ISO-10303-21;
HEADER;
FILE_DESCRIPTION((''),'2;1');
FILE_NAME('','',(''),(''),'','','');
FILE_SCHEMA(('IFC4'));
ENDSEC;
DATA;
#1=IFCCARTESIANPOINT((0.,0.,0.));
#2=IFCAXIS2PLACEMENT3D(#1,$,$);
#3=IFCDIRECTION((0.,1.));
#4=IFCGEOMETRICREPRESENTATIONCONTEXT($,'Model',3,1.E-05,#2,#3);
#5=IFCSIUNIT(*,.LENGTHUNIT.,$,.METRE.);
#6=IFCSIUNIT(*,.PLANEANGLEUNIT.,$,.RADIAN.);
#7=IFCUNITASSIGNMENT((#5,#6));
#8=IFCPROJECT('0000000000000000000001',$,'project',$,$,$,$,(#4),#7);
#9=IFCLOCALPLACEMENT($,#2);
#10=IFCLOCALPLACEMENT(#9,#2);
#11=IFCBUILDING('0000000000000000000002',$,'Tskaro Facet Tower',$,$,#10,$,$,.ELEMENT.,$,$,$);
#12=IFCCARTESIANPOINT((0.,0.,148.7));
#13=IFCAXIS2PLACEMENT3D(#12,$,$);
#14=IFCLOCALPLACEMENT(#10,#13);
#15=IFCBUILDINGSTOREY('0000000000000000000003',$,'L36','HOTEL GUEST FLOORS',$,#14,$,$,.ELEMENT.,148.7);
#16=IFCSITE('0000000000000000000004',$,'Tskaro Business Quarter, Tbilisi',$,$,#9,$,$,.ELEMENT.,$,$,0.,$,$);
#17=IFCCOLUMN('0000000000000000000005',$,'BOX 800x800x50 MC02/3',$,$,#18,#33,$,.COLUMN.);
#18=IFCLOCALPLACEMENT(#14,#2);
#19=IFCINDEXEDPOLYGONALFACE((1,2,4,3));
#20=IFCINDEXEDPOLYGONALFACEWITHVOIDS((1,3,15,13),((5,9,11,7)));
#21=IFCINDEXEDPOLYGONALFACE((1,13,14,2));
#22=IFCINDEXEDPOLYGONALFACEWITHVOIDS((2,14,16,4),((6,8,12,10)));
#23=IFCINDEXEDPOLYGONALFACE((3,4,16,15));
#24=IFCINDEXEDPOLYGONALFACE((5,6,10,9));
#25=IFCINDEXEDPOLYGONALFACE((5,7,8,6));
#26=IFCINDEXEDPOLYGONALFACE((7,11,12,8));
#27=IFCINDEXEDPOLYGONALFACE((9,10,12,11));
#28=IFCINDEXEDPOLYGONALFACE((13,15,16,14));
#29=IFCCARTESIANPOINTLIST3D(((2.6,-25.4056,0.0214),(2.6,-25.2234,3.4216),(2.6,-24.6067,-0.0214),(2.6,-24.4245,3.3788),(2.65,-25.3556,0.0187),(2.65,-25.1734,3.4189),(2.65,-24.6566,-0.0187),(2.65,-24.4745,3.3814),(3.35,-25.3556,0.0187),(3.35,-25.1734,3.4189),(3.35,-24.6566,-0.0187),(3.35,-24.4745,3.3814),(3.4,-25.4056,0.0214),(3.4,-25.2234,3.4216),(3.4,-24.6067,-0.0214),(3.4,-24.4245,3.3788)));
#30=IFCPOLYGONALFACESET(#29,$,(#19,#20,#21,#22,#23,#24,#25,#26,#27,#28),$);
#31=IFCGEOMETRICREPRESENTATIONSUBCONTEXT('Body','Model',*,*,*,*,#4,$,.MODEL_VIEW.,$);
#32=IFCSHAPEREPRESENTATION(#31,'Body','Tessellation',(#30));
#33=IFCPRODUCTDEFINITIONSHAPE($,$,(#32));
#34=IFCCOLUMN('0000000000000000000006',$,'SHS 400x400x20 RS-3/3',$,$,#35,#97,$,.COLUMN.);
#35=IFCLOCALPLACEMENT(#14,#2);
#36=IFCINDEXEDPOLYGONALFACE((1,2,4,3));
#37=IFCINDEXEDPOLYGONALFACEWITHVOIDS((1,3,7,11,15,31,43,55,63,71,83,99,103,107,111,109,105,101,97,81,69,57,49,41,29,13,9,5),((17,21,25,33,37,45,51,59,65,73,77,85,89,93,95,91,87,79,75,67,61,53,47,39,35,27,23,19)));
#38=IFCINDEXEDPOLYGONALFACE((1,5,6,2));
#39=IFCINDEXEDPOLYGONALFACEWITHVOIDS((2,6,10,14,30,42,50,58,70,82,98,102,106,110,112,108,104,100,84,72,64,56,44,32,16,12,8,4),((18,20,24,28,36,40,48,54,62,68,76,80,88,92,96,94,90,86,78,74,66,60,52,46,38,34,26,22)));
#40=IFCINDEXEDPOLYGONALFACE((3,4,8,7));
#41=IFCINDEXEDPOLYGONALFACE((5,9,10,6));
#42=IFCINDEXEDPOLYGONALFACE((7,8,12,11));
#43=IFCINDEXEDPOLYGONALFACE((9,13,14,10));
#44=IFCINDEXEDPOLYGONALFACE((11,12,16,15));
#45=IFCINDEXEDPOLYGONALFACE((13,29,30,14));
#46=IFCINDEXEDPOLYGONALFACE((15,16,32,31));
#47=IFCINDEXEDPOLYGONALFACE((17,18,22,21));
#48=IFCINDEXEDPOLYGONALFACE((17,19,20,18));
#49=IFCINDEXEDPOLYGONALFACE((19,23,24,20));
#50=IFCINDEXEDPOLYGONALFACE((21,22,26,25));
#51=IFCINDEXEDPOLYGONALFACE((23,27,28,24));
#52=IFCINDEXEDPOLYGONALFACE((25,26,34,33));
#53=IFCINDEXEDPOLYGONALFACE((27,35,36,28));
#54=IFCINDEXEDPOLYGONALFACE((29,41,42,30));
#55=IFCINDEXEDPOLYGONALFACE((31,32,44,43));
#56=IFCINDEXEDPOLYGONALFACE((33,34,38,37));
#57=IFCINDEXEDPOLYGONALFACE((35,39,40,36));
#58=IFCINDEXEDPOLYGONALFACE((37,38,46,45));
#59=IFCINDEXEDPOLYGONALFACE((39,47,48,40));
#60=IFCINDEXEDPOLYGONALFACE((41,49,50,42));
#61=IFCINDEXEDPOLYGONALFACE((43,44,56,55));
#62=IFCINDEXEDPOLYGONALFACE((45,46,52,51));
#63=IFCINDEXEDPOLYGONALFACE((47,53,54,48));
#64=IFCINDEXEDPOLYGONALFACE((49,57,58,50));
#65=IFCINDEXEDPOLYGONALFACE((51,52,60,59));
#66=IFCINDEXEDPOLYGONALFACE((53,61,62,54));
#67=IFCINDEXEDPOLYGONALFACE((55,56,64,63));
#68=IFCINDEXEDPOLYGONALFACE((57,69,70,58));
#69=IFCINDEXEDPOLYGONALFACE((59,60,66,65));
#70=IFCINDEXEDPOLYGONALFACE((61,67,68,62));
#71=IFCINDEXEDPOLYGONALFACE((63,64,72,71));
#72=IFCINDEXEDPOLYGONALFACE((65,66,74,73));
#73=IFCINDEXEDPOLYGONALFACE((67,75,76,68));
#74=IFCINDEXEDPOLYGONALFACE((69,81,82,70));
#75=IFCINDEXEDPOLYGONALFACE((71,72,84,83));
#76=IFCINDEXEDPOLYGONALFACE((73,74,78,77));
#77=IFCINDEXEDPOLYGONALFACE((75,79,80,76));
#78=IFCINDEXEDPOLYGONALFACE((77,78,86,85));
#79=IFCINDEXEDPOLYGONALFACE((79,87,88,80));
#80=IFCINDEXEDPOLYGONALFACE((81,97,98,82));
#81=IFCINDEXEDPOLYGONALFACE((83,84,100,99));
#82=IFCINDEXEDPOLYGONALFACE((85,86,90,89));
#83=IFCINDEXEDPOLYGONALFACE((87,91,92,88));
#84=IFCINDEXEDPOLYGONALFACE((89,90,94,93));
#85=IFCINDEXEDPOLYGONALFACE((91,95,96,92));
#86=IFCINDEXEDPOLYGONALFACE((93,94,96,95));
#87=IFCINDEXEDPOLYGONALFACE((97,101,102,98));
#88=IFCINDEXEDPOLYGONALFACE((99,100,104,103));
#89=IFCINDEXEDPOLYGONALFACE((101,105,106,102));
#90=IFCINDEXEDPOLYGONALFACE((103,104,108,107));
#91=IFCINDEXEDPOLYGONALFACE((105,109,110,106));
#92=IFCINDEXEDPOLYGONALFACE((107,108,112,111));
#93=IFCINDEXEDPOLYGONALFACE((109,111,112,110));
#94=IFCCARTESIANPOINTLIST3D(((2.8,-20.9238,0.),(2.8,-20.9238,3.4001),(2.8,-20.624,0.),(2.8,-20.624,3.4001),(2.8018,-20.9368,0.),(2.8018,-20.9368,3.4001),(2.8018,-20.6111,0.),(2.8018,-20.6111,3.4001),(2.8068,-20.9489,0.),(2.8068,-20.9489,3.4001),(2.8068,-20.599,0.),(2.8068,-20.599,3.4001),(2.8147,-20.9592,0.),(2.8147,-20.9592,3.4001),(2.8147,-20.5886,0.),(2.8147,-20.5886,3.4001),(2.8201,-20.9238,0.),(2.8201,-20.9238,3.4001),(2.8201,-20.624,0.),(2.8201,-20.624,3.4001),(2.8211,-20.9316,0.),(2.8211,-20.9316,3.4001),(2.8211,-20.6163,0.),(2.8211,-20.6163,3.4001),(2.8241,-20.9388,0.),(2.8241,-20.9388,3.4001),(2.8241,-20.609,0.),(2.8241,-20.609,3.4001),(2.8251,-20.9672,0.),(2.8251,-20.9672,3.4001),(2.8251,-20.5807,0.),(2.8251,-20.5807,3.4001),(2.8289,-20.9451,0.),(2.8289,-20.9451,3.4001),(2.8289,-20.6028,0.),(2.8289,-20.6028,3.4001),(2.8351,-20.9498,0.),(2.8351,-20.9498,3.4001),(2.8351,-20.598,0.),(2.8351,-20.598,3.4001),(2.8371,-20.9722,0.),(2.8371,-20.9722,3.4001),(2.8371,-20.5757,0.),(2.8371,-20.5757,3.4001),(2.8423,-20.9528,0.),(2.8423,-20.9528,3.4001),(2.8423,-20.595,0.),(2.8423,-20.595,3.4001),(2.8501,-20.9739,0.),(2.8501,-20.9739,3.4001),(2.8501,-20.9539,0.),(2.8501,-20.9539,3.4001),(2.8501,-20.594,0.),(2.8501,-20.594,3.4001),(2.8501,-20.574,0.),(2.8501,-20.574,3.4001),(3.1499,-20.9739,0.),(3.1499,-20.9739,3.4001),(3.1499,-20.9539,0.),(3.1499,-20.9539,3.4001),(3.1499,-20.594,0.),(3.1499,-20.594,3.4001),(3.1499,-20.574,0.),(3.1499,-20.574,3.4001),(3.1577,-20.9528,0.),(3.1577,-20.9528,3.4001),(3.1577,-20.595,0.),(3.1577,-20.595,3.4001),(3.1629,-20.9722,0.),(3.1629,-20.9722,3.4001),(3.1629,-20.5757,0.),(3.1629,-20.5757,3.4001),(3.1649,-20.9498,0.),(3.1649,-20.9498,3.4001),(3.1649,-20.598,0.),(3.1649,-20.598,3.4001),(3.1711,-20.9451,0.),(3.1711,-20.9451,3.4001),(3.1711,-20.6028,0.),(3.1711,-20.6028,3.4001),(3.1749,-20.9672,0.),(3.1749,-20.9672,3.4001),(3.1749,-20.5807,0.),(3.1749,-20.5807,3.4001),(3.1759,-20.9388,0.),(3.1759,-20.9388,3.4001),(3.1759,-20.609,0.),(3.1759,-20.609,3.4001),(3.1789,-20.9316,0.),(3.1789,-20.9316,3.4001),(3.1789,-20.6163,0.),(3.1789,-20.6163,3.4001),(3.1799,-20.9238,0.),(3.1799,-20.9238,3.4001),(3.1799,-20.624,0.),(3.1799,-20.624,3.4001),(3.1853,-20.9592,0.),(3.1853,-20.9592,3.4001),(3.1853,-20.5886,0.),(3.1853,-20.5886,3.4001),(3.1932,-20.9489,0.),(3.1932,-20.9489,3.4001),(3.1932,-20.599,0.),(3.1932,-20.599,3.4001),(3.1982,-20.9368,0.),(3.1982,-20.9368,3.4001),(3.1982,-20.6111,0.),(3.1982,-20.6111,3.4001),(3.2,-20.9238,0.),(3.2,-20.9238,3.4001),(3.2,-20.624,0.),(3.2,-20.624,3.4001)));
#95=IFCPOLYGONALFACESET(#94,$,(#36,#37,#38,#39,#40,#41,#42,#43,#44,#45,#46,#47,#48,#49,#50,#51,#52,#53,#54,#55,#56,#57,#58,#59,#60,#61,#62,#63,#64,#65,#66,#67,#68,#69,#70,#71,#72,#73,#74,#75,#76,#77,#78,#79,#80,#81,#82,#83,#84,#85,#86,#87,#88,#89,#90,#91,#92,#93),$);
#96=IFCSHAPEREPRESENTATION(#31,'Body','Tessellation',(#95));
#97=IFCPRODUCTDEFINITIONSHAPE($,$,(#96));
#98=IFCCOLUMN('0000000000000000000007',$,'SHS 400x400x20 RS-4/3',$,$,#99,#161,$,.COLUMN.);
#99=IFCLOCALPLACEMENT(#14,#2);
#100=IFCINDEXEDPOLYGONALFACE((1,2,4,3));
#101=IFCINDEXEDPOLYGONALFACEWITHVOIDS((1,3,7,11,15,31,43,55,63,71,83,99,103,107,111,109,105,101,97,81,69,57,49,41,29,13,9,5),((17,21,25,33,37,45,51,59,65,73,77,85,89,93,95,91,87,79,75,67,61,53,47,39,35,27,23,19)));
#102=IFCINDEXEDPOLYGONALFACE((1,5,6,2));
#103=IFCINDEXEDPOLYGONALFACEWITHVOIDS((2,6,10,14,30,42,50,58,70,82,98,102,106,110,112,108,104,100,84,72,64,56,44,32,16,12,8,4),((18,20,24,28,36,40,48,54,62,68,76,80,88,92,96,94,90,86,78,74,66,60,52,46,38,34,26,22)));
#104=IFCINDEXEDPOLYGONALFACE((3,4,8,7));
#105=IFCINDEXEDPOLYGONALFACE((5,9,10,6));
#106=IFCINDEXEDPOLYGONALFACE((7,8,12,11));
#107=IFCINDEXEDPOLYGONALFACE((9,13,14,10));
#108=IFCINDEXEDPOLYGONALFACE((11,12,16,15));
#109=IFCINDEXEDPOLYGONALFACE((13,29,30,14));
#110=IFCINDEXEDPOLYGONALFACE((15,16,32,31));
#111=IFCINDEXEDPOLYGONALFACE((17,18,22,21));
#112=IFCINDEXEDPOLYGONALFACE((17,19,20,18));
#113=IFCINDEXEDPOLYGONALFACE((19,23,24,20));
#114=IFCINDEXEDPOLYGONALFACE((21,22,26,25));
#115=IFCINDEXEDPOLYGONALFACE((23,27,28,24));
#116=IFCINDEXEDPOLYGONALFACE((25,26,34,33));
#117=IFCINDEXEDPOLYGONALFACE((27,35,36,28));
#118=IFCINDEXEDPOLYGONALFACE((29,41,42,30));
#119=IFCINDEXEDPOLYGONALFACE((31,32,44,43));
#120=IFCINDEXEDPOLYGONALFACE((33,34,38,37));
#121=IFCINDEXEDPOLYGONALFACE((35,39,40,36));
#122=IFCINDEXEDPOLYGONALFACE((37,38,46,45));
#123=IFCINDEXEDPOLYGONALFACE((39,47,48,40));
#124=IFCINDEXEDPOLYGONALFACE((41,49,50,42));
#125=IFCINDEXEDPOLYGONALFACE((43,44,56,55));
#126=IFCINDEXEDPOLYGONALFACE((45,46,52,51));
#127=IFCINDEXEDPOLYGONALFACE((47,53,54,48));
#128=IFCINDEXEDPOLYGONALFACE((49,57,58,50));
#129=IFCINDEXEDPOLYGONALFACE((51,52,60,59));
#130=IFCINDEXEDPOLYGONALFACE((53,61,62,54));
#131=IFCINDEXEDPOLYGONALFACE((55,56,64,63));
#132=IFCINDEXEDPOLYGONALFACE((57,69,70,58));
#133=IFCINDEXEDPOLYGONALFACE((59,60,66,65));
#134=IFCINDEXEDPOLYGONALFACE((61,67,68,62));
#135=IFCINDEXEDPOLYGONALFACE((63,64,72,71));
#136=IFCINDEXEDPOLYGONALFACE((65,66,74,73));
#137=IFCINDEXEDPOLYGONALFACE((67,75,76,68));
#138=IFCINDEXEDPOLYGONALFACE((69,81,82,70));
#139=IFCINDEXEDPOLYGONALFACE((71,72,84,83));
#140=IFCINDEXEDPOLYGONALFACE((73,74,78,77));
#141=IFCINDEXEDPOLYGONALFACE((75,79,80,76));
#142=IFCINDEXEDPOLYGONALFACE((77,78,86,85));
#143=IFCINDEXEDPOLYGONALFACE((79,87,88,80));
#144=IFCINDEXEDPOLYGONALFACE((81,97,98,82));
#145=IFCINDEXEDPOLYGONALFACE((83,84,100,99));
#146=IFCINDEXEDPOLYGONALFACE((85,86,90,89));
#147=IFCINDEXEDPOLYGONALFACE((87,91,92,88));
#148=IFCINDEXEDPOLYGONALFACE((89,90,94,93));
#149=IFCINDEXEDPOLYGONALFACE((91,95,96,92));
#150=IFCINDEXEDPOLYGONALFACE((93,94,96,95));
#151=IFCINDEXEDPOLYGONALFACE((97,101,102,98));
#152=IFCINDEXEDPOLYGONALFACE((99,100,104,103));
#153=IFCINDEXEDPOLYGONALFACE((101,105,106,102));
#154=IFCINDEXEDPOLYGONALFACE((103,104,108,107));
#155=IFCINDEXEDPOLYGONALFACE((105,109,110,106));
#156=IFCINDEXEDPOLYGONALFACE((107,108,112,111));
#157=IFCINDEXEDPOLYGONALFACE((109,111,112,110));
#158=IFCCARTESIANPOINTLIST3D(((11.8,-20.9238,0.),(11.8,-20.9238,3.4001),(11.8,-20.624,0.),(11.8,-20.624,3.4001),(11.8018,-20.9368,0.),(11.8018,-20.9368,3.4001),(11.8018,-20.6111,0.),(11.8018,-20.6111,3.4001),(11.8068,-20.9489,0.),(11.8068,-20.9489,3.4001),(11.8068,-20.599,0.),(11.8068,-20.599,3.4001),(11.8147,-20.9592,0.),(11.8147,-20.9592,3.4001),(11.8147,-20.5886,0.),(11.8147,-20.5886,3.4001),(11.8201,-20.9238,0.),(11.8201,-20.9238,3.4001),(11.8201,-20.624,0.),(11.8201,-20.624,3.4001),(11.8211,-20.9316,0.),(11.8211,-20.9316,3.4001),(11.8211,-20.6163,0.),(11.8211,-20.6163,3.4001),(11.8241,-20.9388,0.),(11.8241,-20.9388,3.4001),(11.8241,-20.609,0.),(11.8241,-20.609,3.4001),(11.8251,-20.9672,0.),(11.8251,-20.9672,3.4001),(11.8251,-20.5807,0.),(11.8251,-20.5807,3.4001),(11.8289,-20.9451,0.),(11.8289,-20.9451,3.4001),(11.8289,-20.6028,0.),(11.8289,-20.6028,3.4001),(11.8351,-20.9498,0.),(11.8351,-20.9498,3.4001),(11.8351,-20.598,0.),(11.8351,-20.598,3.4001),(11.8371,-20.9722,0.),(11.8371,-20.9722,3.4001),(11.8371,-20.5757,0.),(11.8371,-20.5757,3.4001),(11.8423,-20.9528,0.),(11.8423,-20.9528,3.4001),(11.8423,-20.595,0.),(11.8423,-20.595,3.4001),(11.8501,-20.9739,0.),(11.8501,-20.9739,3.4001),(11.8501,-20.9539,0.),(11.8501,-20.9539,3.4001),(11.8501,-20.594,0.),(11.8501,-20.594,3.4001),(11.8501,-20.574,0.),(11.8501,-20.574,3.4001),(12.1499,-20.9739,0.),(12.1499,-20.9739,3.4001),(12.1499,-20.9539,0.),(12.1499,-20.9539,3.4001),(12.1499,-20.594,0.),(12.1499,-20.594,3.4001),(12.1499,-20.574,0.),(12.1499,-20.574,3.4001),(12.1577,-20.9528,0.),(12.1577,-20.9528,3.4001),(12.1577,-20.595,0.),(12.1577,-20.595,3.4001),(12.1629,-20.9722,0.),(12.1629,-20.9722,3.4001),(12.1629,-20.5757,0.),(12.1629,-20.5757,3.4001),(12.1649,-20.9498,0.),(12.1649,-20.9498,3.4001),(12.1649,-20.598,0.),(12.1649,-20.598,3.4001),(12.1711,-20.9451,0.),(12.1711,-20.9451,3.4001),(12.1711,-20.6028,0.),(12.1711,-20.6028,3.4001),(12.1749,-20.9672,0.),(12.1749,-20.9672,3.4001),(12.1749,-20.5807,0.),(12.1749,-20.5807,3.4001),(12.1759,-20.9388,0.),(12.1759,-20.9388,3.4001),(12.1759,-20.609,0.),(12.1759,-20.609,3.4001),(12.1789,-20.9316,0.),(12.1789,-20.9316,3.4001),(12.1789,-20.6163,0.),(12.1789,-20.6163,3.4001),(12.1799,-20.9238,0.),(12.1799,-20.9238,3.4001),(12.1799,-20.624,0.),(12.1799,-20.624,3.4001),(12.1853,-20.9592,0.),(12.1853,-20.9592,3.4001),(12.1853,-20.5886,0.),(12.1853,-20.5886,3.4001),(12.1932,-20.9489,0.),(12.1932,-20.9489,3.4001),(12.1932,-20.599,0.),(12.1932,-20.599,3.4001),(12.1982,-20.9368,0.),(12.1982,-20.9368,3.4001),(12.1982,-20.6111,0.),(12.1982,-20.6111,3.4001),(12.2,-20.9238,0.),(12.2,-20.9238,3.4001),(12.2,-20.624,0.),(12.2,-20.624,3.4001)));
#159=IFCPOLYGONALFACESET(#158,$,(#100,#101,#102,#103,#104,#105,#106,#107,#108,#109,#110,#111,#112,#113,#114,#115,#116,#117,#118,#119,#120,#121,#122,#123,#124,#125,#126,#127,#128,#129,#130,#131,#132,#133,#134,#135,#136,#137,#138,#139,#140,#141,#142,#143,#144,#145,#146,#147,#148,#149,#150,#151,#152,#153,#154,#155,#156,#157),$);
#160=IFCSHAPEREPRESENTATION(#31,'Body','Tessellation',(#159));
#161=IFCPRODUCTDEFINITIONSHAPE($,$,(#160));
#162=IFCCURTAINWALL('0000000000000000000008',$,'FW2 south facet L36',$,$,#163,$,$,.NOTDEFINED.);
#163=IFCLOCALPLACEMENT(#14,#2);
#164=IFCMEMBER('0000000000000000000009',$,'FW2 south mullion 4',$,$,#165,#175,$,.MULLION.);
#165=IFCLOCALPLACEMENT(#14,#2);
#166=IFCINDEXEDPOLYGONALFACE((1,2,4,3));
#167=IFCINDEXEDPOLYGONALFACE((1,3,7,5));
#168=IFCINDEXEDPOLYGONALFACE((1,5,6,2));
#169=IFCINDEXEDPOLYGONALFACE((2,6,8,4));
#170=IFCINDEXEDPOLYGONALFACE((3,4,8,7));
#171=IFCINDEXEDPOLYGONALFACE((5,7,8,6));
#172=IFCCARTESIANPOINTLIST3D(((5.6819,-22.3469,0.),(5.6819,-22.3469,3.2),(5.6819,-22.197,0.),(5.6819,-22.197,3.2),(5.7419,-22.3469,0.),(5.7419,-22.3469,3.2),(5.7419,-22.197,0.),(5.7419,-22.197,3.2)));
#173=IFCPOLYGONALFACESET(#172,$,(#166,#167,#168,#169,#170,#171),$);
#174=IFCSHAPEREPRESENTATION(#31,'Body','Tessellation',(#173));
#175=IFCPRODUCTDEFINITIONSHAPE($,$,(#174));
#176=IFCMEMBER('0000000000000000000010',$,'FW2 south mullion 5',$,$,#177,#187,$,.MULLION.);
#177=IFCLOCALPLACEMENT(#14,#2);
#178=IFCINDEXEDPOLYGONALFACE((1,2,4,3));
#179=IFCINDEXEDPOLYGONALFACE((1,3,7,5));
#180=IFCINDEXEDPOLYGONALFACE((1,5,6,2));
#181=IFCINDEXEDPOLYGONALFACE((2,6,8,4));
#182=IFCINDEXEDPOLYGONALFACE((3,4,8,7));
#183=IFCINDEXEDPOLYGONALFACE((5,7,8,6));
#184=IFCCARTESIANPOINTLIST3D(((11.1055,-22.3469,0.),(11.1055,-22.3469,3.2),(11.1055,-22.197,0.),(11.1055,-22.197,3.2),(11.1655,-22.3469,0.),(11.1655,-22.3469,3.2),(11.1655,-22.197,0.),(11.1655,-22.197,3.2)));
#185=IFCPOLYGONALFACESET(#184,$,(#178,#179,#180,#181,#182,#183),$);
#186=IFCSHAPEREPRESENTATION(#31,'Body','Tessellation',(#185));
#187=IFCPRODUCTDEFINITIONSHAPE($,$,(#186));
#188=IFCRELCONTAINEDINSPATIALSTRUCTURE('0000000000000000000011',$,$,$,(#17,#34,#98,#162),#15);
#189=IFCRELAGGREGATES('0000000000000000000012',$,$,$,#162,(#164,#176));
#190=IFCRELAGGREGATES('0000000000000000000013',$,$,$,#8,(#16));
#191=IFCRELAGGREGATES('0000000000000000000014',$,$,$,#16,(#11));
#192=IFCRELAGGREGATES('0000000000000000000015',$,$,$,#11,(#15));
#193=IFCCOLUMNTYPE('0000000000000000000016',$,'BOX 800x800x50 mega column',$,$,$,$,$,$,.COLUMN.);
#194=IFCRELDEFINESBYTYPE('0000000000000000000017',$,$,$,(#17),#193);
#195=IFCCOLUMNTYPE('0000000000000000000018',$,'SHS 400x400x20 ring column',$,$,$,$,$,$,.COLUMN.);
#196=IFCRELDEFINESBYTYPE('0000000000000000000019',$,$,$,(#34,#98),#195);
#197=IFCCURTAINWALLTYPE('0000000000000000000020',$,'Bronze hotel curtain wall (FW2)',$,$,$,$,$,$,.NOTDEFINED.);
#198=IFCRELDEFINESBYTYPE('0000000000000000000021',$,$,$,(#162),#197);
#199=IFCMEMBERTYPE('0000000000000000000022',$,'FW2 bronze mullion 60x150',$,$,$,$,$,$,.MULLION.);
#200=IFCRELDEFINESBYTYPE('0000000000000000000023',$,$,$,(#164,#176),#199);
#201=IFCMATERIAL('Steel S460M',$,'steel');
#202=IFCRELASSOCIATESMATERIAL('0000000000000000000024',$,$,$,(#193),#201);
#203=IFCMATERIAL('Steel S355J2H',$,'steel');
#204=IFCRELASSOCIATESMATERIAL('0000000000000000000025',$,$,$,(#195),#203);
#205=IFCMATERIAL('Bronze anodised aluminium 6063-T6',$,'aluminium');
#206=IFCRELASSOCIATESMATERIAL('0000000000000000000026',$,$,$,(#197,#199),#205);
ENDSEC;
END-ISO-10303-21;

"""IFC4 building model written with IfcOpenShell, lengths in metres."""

from ifc_helpers import new_model, si_unit, direction, frame, origin, origin_2d, place, context, subcontext, project, spatial, rectangle, hollow_rectangle, extrude, material, material_profile, profile_set, type_object, element, aggregate, save


model = new_model("IFC4")

# Units and contexts
model_context = context("Model", 3, precision=1e-05, world=origin(), true_north=direction((0.0, 1.0)))
body_context = subcontext(model_context, "Body", "Model", "MODEL_VIEW")
ifc_project = project(units=[si_unit("LENGTHUNIT", "METRE"), si_unit("PLANEANGLEUNIT", "RADIAN")], contexts=[model_context])

# Site, building, storey
site_placement = place(None, origin())
site = spatial("IfcSite", under=ifc_project, at=site_placement, Name="Tskaro Business Quarter, Tbilisi", CompositionType="ELEMENT", RefElevation=0.0)
building_placement = place(site_placement, origin())
building = spatial("IfcBuilding", under=site, at=building_placement, Name="Tskaro Facet Tower", CompositionType="ELEMENT")
storey_placement = place(building_placement, frame((0.0, 0.0, 148.7)))
storey = spatial("IfcBuildingStorey", under=building, at=storey_placement, Name="L36", Description="HOTEL GUEST FLOORS", CompositionType="ELEMENT", Elevation=148.7)

# Columns
ifc_material_1 = material(Name="Steel S460M", Category="steel")
ifc_material_profile_1 = material_profile(ifc_material_1, hollow_rectangle(XDim=0.8, YDim=0.8, WallThickness=0.05, at=origin_2d()), Name="BOX 800x800x50")
ifc_profile_set_1 = profile_set([ifc_material_profile_1], Name="Steel S460M")
column_type_1 = type_object("IfcColumnType", Name="BOX 800x800x50 mega column", PredefinedType="COLUMN", material=ifc_profile_set_1)
column_placement = place(storey_placement, frame((3.0, -25.0061, 0.0), z_axis=(0.0, 0.053488, 0.998568), x_axis=(-1.0, 0.0, 0.0)))
element("IfcColumn", 1, at=column_placement, inside=storey, type_object=column_type_1, Name="BOX 800x800x50 MC02/3", PredefinedType="COLUMN", context=body_context, shape_type="SweptSolid", body=[
    extrude(hollow_rectangle(XDim=0.8, YDim=0.8, WallThickness=0.05, at=origin_2d()), origin(), (0.0, 0.0, 1.0), 3.405),
])
ifc_material_2 = material(Name="Steel S355J2H", Category="steel")
ifc_material_profile_2 = material_profile(ifc_material_2, hollow_rectangle(XDim=0.3999, YDim=0.3999, WallThickness=0.02, InnerFilletRadius=0.03, OuterFilletRadius=0.05, at=origin_2d()), Name="SHS 400x400x20")
ifc_profile_set_2 = profile_set([ifc_material_profile_2], Name="Steel S355J2H")
column_type_2 = type_object("IfcColumnType", Name="SHS 400x400x20 ring column", PredefinedType="COLUMN", material=ifc_profile_set_2)
for number, where, z_axis, x_axis, name in (
    (2, (3.0, -20.7739, 0.0), (0.0, 0.0, 1.0), (1.0, 0.0, 0.0), "SHS 400x400x20 RS-3/3"),
    (3, (12.0, -20.7739, 0.0), (0.0, 0.0, 1.0), (1.0, 0.0, 0.0), "SHS 400x400x20 RS-4/3"),
):
    element("IfcColumn", number, at=place(storey_placement, frame(where, z_axis=z_axis, x_axis=x_axis)), inside=storey, type_object=column_type_2, Name=name, PredefinedType="COLUMN", context=body_context, shape_type="SweptSolid", body=[
        extrude(hollow_rectangle(XDim=0.3999, YDim=0.3999, WallThickness=0.02, InnerFilletRadius=0.03, OuterFilletRadius=0.05, at=origin_2d()), origin(), (0.0, 0.0, 1.0), 3.4001),
    ])

# Curtain wall, members
ifc_material_3 = material(Name="Bronze anodised aluminium 6063-T6", Category="aluminium")
curtain_wall_type = type_object("IfcCurtainWallType", Name="Bronze hotel curtain wall (FW2)", PredefinedType="NOTDEFINED", material=ifc_material_3)
curtain_wall_placement = place(storey_placement, origin())
curtain_wall = element("IfcCurtainWall", 4, at=curtain_wall_placement, inside=storey, type_object=curtain_wall_type, Name="FW2 south facet L36", PredefinedType="NOTDEFINED")
ifc_material_profile_3 = material_profile(ifc_material_3, rectangle(XDim=0.0601, YDim=0.1499, at=origin_2d()), Name="Mullion 60x150")
ifc_profile_set_3 = profile_set([ifc_material_profile_3], Name="Bronze anodised aluminium 6063-T6")
member_type_1 = type_object("IfcMemberType", Name="FW2 bronze mullion 60x150", PredefinedType="MULLION", material=ifc_profile_set_3)
member_1_placement = place(storey_placement, frame((5.7119, -22.272, 0.0), z_axis=(0.0, 0.0, 1.0), x_axis=(1.0, 0.0, 0.0)))
member_1 = element("IfcMember", 5, at=member_1_placement, type_object=member_type_1, Name="FW2 south mullion 4", PredefinedType="MULLION", context=body_context, shape_type="SweptSolid", body=[
    extrude(rectangle(XDim=0.0601, YDim=0.1499, at=origin_2d()), origin(), (0.0, 0.0, 1.0), 3.2),
])
member_2_placement = place(storey_placement, frame((11.1355, -22.272, 0.0), z_axis=(0.0, 0.0, 1.0), x_axis=(1.0, 0.0, 0.0)))
member_2 = element("IfcMember", 6, at=member_2_placement, type_object=member_type_1, Name="FW2 south mullion 5", PredefinedType="MULLION", context=body_context, shape_type="SweptSolid", body=[
    extrude(rectangle(XDim=0.0601, YDim=0.1499, at=origin_2d()), origin(), (0.0, 0.0, 1.0), 3.2),
])

aggregate(curtain_wall, [member_1, member_2])

save(model, "model.ifc")
